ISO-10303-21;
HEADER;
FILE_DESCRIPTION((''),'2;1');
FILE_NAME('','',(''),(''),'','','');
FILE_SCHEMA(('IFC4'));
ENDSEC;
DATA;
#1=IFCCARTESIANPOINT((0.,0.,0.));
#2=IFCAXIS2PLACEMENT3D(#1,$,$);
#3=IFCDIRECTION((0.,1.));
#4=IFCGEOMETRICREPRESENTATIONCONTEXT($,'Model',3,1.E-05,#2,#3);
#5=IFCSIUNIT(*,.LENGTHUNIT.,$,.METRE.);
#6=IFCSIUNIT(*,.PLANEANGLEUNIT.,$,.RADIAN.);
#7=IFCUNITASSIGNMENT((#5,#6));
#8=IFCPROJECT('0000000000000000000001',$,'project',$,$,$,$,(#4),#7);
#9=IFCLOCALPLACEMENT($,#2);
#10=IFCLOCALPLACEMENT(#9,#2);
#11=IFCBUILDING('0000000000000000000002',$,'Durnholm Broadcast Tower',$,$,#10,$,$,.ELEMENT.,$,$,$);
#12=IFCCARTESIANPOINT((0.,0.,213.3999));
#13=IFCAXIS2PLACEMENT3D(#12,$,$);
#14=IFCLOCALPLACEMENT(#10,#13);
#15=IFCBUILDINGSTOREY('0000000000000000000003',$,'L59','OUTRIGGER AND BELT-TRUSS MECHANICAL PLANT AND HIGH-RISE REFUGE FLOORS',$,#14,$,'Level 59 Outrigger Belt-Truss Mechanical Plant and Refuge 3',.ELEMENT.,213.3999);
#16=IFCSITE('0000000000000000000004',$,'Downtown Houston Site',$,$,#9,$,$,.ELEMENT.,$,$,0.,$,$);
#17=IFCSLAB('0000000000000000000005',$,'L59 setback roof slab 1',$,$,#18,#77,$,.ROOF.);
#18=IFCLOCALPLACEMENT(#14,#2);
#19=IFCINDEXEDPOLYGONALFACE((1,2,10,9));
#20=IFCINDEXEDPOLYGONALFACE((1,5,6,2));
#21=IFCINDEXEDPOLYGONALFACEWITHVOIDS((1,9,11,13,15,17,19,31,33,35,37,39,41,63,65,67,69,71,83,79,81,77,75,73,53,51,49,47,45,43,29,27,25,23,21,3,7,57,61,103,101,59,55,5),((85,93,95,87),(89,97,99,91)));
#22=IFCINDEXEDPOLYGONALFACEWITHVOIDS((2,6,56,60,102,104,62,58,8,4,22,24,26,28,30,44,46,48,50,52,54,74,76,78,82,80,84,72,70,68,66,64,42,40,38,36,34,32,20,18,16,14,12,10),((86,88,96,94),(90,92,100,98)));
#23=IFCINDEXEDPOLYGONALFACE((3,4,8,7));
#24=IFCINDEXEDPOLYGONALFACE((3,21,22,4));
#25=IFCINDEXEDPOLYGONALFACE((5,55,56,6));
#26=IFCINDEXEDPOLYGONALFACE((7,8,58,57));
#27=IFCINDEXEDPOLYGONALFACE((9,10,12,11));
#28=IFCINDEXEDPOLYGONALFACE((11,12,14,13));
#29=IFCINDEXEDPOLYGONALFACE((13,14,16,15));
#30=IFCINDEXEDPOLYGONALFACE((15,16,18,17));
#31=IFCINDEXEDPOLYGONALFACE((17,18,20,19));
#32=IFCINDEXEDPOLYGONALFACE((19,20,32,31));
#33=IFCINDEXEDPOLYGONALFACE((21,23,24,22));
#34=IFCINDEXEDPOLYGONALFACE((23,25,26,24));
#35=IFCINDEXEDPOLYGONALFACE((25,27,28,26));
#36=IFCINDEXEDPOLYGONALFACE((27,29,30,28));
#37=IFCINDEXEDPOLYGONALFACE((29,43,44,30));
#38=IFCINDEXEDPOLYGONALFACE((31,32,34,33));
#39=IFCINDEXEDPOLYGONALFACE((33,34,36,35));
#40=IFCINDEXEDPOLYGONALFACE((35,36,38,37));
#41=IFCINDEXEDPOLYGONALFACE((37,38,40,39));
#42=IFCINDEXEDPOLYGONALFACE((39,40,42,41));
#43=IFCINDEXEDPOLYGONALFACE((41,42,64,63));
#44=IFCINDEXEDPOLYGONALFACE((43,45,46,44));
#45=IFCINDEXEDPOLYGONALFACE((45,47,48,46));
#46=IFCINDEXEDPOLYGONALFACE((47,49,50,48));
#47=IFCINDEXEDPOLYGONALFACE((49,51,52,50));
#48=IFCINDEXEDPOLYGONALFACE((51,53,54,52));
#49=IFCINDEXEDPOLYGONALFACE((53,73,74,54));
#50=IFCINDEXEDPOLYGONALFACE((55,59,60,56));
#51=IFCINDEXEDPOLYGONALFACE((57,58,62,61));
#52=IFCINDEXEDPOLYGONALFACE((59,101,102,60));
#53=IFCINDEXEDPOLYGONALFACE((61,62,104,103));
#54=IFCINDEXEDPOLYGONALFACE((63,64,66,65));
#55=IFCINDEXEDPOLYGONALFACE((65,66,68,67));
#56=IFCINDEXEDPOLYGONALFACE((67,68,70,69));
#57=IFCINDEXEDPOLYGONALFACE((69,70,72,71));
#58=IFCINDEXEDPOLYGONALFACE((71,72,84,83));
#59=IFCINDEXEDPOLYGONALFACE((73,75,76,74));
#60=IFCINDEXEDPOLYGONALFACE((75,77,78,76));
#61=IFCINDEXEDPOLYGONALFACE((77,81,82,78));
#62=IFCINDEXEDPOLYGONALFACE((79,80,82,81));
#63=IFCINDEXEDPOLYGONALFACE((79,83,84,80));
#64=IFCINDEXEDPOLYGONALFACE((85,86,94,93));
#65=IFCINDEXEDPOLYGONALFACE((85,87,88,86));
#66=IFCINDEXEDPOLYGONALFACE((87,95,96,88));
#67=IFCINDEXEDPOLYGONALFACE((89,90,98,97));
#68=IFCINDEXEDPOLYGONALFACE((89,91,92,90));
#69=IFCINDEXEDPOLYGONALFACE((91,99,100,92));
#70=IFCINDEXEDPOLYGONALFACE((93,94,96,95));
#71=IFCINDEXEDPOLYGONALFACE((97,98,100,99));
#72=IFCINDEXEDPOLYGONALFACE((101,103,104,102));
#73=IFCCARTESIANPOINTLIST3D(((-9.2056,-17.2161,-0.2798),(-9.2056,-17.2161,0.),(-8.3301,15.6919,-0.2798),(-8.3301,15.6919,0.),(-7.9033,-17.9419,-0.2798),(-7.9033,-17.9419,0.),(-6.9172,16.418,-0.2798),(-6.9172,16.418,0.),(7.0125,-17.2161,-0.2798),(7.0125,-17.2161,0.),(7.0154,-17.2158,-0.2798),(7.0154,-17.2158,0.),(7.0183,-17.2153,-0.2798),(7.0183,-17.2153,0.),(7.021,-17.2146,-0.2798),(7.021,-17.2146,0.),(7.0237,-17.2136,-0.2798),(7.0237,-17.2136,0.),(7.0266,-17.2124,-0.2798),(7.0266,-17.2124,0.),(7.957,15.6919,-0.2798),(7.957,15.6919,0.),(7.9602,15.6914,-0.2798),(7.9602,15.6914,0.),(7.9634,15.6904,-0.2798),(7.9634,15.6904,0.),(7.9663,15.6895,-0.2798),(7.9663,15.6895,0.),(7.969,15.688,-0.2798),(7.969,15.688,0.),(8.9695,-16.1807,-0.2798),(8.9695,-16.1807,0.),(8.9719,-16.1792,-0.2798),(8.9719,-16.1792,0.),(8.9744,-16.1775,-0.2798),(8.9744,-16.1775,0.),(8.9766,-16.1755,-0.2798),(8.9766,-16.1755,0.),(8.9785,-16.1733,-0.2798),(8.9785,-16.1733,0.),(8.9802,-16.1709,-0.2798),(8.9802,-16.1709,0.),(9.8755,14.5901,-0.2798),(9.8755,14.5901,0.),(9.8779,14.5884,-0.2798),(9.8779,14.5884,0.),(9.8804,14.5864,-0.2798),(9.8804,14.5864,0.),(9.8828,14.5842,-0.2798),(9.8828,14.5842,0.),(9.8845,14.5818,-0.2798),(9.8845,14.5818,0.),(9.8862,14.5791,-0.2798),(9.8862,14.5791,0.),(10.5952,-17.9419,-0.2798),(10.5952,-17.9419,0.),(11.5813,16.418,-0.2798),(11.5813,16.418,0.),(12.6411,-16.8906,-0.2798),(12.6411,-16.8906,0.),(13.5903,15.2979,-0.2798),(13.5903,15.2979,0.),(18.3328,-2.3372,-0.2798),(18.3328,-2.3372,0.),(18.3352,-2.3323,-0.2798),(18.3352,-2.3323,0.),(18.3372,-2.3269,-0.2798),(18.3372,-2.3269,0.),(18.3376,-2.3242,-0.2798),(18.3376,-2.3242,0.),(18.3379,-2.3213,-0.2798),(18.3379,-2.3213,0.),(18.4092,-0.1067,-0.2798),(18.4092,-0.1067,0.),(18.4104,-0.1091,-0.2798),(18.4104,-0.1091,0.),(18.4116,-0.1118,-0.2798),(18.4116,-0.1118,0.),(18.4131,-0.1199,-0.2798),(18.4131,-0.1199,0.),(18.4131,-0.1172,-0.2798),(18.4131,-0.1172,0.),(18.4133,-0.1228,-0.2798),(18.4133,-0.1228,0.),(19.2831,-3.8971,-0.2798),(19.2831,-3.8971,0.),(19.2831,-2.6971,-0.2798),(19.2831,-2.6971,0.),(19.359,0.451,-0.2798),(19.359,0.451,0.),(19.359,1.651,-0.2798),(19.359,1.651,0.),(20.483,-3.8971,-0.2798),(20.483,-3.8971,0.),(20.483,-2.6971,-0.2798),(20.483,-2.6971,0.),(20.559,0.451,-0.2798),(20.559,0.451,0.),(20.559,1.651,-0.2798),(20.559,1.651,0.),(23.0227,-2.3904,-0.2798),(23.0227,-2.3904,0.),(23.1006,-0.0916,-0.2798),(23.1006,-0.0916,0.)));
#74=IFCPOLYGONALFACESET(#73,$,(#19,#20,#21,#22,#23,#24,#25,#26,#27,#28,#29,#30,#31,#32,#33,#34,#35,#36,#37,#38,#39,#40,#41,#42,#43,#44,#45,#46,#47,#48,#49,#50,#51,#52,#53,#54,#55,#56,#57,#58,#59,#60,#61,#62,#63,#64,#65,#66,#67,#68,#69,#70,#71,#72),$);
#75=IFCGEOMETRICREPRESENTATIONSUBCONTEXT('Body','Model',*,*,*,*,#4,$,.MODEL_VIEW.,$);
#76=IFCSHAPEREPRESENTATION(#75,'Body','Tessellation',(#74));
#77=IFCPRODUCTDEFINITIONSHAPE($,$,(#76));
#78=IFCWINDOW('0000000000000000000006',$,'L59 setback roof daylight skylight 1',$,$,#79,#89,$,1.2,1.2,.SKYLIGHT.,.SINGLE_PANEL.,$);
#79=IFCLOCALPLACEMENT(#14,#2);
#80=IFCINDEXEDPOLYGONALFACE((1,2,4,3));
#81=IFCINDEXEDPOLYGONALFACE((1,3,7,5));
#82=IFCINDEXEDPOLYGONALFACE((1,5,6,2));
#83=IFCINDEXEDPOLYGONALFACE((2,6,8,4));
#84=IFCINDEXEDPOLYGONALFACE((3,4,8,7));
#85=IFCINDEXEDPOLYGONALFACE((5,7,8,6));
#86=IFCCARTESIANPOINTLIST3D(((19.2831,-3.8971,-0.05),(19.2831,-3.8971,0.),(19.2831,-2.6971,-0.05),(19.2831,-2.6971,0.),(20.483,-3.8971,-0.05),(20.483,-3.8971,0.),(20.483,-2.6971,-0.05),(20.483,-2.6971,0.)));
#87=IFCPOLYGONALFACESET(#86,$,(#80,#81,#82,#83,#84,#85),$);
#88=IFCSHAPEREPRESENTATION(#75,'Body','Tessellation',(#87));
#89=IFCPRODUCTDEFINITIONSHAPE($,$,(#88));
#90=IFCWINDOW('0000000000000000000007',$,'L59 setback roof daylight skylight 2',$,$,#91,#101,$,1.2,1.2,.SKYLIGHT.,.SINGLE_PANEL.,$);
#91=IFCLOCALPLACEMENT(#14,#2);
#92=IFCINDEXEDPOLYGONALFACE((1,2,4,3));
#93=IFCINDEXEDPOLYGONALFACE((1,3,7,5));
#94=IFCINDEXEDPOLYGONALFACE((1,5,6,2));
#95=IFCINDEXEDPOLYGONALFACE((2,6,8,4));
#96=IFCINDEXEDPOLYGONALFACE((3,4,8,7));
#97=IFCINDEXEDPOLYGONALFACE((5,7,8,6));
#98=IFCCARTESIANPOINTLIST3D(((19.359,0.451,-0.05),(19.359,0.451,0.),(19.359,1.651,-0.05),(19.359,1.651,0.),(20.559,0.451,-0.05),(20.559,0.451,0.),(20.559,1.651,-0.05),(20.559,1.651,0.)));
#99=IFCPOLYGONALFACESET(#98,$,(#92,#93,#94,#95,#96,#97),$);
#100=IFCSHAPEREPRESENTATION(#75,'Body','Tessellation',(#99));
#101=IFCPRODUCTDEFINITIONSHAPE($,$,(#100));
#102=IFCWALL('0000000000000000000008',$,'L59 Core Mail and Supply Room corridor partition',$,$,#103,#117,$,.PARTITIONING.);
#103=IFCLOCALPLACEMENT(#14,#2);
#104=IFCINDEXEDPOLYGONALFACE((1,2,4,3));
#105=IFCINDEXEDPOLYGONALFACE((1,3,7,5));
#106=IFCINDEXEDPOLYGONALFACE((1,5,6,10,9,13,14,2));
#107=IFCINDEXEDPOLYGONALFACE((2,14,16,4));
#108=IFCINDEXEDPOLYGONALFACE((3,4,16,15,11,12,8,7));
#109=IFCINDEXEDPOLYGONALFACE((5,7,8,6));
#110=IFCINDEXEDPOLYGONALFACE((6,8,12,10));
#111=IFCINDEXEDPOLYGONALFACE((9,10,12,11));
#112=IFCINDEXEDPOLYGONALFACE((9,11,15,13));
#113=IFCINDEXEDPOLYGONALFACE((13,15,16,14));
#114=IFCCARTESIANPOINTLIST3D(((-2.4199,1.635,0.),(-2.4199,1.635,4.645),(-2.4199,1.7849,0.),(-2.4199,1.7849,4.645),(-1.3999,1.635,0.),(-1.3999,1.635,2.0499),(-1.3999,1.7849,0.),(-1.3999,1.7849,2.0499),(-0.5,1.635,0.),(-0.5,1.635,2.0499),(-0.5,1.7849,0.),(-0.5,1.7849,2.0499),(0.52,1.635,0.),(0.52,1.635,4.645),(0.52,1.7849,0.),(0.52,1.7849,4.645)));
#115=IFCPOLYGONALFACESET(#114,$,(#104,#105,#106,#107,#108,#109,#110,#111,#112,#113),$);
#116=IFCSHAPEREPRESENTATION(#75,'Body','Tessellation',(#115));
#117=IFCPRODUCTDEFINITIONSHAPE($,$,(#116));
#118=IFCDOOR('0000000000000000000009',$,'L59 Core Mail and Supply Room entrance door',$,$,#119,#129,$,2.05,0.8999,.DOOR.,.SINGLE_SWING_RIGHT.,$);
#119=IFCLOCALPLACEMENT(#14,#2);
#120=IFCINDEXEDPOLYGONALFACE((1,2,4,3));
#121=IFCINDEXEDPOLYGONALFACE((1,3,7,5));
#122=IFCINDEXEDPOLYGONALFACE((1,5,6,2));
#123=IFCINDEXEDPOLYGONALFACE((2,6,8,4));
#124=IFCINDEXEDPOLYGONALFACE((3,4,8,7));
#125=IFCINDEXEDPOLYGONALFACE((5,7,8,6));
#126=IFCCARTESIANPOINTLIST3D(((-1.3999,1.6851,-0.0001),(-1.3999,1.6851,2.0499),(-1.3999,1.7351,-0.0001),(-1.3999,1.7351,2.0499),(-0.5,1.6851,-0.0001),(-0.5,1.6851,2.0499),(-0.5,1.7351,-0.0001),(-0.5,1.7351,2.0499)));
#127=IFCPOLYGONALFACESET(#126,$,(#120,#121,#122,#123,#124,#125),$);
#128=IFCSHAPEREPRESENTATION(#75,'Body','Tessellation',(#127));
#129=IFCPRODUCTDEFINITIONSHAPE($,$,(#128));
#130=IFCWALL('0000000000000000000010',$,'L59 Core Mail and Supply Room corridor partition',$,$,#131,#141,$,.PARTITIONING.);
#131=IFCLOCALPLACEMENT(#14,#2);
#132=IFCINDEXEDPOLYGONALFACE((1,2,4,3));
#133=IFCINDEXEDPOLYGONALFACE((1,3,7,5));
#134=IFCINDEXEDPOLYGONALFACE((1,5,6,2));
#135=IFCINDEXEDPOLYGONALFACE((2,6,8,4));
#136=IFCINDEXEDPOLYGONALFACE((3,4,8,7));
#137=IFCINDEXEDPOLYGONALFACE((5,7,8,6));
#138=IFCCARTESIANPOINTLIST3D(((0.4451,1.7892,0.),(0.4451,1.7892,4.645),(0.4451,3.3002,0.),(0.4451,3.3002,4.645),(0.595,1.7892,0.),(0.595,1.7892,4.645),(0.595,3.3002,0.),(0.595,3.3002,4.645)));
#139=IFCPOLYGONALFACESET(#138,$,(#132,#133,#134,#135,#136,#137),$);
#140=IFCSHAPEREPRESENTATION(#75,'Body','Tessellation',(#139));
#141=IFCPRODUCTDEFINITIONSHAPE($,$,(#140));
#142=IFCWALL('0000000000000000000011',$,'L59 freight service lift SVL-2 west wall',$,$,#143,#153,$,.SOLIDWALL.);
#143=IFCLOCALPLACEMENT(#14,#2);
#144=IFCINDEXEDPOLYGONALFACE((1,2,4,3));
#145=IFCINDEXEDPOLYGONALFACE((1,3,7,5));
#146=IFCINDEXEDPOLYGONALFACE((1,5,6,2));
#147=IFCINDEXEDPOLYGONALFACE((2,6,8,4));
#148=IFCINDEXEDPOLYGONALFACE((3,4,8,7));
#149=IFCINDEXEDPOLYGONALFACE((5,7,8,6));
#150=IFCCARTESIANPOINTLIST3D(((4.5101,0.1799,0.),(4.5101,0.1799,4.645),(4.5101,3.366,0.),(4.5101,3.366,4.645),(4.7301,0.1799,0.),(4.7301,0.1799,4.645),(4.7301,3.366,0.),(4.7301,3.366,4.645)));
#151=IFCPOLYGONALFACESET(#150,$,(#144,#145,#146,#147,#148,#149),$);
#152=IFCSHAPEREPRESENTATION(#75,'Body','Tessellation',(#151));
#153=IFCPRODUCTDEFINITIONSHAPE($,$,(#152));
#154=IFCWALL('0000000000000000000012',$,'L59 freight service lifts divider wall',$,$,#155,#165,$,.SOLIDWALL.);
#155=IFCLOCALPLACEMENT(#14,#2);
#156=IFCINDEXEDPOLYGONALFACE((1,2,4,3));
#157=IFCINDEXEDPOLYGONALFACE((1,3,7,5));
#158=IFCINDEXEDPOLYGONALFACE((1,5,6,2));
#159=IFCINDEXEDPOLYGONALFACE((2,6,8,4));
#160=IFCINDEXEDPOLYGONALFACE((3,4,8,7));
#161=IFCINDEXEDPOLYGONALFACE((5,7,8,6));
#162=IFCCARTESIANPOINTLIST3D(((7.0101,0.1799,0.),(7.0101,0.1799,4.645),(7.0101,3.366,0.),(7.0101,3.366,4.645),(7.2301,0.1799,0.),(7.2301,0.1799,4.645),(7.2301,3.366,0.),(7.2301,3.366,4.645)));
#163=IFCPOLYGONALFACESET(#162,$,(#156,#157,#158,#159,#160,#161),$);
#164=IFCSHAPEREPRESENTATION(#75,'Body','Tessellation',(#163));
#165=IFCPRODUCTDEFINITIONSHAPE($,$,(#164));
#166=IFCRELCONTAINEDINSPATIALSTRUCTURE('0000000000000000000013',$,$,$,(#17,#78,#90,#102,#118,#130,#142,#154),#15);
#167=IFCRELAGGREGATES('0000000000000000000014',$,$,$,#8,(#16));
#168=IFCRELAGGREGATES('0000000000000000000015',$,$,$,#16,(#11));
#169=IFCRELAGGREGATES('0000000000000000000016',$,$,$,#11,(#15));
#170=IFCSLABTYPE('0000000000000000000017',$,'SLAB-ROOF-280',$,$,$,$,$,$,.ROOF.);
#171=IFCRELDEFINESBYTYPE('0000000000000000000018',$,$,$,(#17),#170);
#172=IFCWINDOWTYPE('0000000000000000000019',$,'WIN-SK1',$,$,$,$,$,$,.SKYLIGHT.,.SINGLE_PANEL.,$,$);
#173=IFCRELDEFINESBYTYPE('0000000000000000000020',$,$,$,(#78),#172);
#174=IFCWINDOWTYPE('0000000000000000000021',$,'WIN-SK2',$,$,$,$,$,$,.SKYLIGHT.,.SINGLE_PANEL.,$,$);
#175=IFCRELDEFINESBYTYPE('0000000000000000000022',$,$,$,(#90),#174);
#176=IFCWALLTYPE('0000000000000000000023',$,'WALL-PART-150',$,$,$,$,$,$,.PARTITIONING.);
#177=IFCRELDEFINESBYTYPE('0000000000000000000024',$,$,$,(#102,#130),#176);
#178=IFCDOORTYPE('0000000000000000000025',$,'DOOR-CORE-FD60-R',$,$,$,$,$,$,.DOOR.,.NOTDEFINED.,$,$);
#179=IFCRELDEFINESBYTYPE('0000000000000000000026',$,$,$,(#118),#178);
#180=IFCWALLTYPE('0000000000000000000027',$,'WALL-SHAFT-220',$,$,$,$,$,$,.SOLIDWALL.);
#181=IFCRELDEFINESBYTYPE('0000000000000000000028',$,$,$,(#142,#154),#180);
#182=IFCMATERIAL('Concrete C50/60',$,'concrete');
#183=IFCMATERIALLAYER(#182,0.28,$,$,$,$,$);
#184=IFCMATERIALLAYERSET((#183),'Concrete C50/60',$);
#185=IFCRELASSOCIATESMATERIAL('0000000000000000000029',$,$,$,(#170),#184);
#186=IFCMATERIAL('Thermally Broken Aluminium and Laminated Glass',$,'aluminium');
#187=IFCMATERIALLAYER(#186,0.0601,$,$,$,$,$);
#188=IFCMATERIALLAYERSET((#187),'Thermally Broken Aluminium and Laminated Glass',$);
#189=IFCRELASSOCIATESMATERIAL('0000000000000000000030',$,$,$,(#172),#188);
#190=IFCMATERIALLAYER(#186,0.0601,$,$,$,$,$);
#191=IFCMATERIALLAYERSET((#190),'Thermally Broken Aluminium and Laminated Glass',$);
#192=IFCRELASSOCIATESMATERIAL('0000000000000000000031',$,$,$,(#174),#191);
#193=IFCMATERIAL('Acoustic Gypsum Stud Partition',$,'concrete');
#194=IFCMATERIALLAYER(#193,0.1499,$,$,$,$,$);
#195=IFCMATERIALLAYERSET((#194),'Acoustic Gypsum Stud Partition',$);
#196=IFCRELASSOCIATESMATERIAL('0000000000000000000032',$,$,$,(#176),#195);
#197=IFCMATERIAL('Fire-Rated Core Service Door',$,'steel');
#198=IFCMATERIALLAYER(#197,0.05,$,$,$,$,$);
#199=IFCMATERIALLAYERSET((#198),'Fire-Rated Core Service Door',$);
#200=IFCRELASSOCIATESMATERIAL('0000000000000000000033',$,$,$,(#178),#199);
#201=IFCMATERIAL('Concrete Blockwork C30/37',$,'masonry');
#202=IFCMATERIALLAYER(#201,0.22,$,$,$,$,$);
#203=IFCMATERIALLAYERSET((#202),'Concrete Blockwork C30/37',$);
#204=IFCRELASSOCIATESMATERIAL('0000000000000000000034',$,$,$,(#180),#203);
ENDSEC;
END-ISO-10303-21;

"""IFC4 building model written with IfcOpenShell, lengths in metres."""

from ifc_helpers import new_model, si_unit, direction, frame, frame_2d, origin, origin_2d, place, context, subcontext, project, spatial, polyline, rectangle, outline, extrude, source, transform, mapped, material, layer, layer_set, type_object, type_shapes, element, fill, save


model = new_model("IFC4")

# Units and contexts
model_context = context("Model", 3, precision=1e-05, world=origin(), true_north=direction((0.0, 1.0)))
body_context = subcontext(model_context, "Body", "Model", "MODEL_VIEW")
ifc_project = project(units=[si_unit("LENGTHUNIT", "METRE"), si_unit("PLANEANGLEUNIT", "RADIAN")], contexts=[model_context])

# Site, building, storey
site_placement = place(None, origin())
site = spatial("IfcSite", under=ifc_project, at=site_placement, Name="Downtown Houston Site", CompositionType="ELEMENT", RefElevation=0.0)
building_placement = place(site_placement, origin())
building = spatial("IfcBuilding", under=site, at=building_placement, Name="Durnholm Broadcast Tower", CompositionType="ELEMENT")
storey_placement = place(building_placement, frame((0.0, 0.0, 213.3999)))
storey = spatial("IfcBuildingStorey", under=building, at=storey_placement, Name="L59", Description="OUTRIGGER AND BELT-TRUSS MECHANICAL PLANT AND HIGH-RISE REFUGE FLOORS", LongName="Level 59 Outrigger Belt-Truss Mechanical Plant and Refuge 3", CompositionType="ELEMENT", Elevation=213.3999)

# Shared definitions
ifc_material_1 = material(Name="Concrete C50/60", Category="concrete")

# Slab, openings, windows
ifc_layer_1 = layer(ifc_material_1, 0.28)
ifc_layer_set_1 = layer_set([ifc_layer_1], Name="Concrete C50/60")
slab_type_1 = type_object("IfcSlabType", Name="SLAB-ROOF-280", PredefinedType="ROOF", material=ifc_layer_set_1)
slab_1_placement = place(storey_placement, frame((0.0, 0.0, -0.2798)))
slab_1 = element("IfcSlab", 1, at=slab_1_placement, inside=storey, type_object=slab_type_1, Name="L59 setback roof slab 1", PredefinedType="ROOF", context=body_context, shape_type="SweptSolid", body=[
    extrude(outline(polyline([(-6.9172, 16.418), (-8.3301, 15.6919), (7.9541, 15.6919), (7.957, 15.6919), (7.9602, 15.6914), (7.9634, 15.6904), (7.9663, 15.6895), (7.969, 15.688), (9.8755, 14.5901), (9.8779, 14.5884), (9.8804, 14.5864), (9.8828, 14.5842), (9.8845, 14.5818), (9.8862, 14.5791), (18.4092, -0.1067), (18.4104, -0.1091), (18.4116, -0.1118), (18.4124, -0.1145), (18.4131, -0.1172), (18.4131, -0.1199), (18.4133, -0.1228), (18.3379, -2.3213), (18.3376, -2.3242), (18.3372, -2.3269), (18.3362, -2.3296), (18.3352, -2.3323), (18.334, -2.3347), (18.3328, -2.3372), (8.9802, -16.1709), (8.9785, -16.1733), (8.9766, -16.1755), (8.9744, -16.1775), (8.9719, -16.1792), (8.9695, -16.1807), (7.0266, -17.2124), (7.0237, -17.2136), (7.021, -17.2146), (7.0183, -17.2153), (7.0154, -17.2158), (7.0125, -17.2161), (-9.2056, -17.2161), (-7.9033, -17.9419), (10.5952, -17.9419), (12.6411, -16.8906), (23.0227, -2.3904), (23.1006, -0.0916), (13.5903, 15.2979), (11.5813, 16.418), (-6.9172, 16.418)])), origin(), (0.0, 0.0, 1.0), 0.2798),
])
opening_1_placement = place(slab_1_placement, frame((19.8831, -3.2971, -0.01)))
opening_1 = element("IfcOpeningElement", 2, at=opening_1_placement, cuts=slab_1, PredefinedType="OPENING", context=body_context, shape_type="SweptSolid", body=[
    extrude(rectangle(XDim=1.2, YDim=1.2, at=origin_2d()), origin(), (0.0, 0.0, 1.0), 0.2998),
])
opening_2_placement = place(slab_1_placement, frame((19.959, 1.051, -0.01)))
opening_2 = element("IfcOpeningElement", 3, at=opening_2_placement, cuts=slab_1, PredefinedType="OPENING", context=body_context, shape_type="SweptSolid", body=[
    extrude(rectangle(XDim=1.2, YDim=1.2, at=origin_2d()), origin(), (0.0, 0.0, 1.0), 0.2998),
])
ifc_material_2 = material(Name="Thermally Broken Aluminium and Laminated Glass", Category="aluminium")
ifc_layer_2 = layer(ifc_material_2, 0.0601)
ifc_layer_set_2 = layer_set([ifc_layer_2], Name="Thermally Broken Aluminium and Laminated Glass")
window_type_1 = type_object("IfcWindowType", Name="WIN-SK1", PartitioningType="SINGLE_PANEL", PredefinedType="SKYLIGHT", material=ifc_layer_set_2)
window_1_placement = place(opening_1_placement, frame((0.0, 0.0, 0.2397)))
window_1 = element("IfcWindow", 4, at=window_1_placement, inside=storey, type_object=window_type_1, Name="L59 setback roof daylight skylight 1", OverallHeight=1.2, OverallWidth=1.2, PartitioningType="SINGLE_PANEL", PredefinedType="SKYLIGHT", context=body_context, shape_type="SweptSolid", body=[
    extrude(rectangle(XDim=1.2, YDim=1.2, at=origin_2d()), origin(), (0.0, 0.0, 1.0), 0.05),
])
fill(opening_1, window_1)
ifc_layer_3 = layer(ifc_material_2, 0.0601)
ifc_layer_set_3 = layer_set([ifc_layer_3], Name="Thermally Broken Aluminium and Laminated Glass")
window_type_2 = type_object("IfcWindowType", Name="WIN-SK2", PartitioningType="SINGLE_PANEL", PredefinedType="SKYLIGHT", material=ifc_layer_set_3)
window_2_placement = place(opening_2_placement, frame((0.0, 0.0, 0.2397)))
window_2 = element("IfcWindow", 5, at=window_2_placement, inside=storey, type_object=window_type_2, Name="L59 setback roof daylight skylight 2", OverallHeight=1.2, OverallWidth=1.2, PartitioningType="SINGLE_PANEL", PredefinedType="SKYLIGHT", context=body_context, shape_type="SweptSolid", body=[
    extrude(rectangle(XDim=1.2, YDim=1.2, at=origin_2d()), origin(), (0.0, 0.0, 1.0), 0.05),
])
fill(opening_2, window_2)

# Wall, opening, door
ifc_material_3 = material(Name="Acoustic Gypsum Stud Partition", Category="concrete")
ifc_layer_4 = layer(ifc_material_3, 0.1499)
ifc_layer_set_4 = layer_set([ifc_layer_4], Name="Acoustic Gypsum Stud Partition")
wall_type_1 = type_object("IfcWallType", Name="WALL-PART-150", PredefinedType="PARTITIONING", material=ifc_layer_set_4)
wall_1_placement = place(storey_placement, frame((0.52, 1.71, 0.0), z_axis=(0.0, 0.0, 1.0), x_axis=(-1.0, 0.0, 0.0)))
wall_1 = element("IfcWall", 6, at=wall_1_placement, inside=storey, type_object=wall_type_1, Name="L59 Core Mail and Supply Room corridor partition", PredefinedType="PARTITIONING", context=body_context, shape_type="SweptSolid", body=[
    extrude(rectangle(XDim=2.9399, YDim=0.1499, at=frame_2d((1.47, 0.0))), origin(), (0.0, 0.0, 1.0), 4.645),
])
opening_3_placement = place(wall_1_placement, frame((1.02, 0.0, 0.0)))
opening_3 = element("IfcOpeningElement", 7, at=opening_3_placement, cuts=wall_1, PredefinedType="OPENING", context=body_context, shape_type="SweptSolid", body=[
    extrude(rectangle(XDim=0.8999, YDim=2.05, at=frame_2d((0.45, 1.0249))), frame((0.0, 0.085, 0.0), z_axis=(0.0, -1.0, 0.0), x_axis=(1.0, 0.0, 0.0)), (0.0, 0.0, 1.0), 0.1699),
])
ifc_material_4 = material(Name="Fire-Rated Core Service Door", Category="steel")
ifc_layer_5 = layer(ifc_material_4, 0.05)
ifc_layer_set_5 = layer_set([ifc_layer_5], Name="Fire-Rated Core Service Door")
door_type_1 = type_object("IfcDoorType", Name="DOOR-CORE-FD60-R", OperationType="NOTDEFINED", PredefinedType="DOOR", material=ifc_layer_set_5)
shared_shape_1 = source(origin(), body_context, "Body", "SweptSolid", [
    extrude(rectangle(XDim=0.8999, YDim=2.05, at=frame_2d((0.45, 1.0249))), frame((0.0, 0.0249, 0.0), z_axis=(0.0, -1.0, 0.0), x_axis=(1.0, 0.0, 0.0)), (0.0, 0.0, 1.0), 0.05),
])
type_shapes(door_type_1, [shared_shape_1])
door_1_placement = place(opening_3_placement, origin())
door_1 = element("IfcDoor", 8, at=door_1_placement, inside=storey, type_object=door_type_1, Name="L59 Core Mail and Supply Room entrance door", OperationType="SINGLE_SWING_RIGHT", OverallHeight=2.05, OverallWidth=0.8999, PredefinedType="DOOR", context=body_context, shape_type="MappedRepresentation", body=[
    mapped(shared_shape_1, transform((0.0, 0.0, 0.0), x_axis=(1.0, 0.0, 0.0), y_axis=(0.0, 1.0, 0.0), z_axis=(0.0, 0.0, 1.0), scale=1.0)),
])
fill(opening_3, door_1)

# Walls
wall_2_placement = place(storey_placement, frame((0.52, 3.3, 0.0), z_axis=(0.0, 0.0, 1.0), x_axis=(0.0, -1.0, 0.0)))
element("IfcWall", 9, at=wall_2_placement, inside=storey, type_object=wall_type_1, Name="L59 Core Mail and Supply Room corridor partition", PredefinedType="PARTITIONING", context=body_context, shape_type="SweptSolid", body=[
    extrude(rectangle(XDim=1.511, YDim=0.1499, at=frame_2d((0.7554, 0.0))), origin(), (0.0, 0.0, 1.0), 4.645),
])
ifc_material_5 = material(Name="Concrete Blockwork C30/37", Category="masonry")
ifc_layer_6 = layer(ifc_material_5, 0.22)
ifc_layer_set_6 = layer_set([ifc_layer_6], Name="Concrete Blockwork C30/37")
wall_type_2 = type_object("IfcWallType", Name="WALL-SHAFT-220", PredefinedType="SOLIDWALL", material=ifc_layer_set_6)
for number, where, z_axis, x_axis, name in (
    (10, (4.6201, 0.1799, 0.0), (0.0, 0.0, 1.0), (0.0, 1.0, 0.0), "L59 freight service lift SVL-2 west wall"),
    (11, (7.1201, 0.1799, 0.0), (0.0, 0.0, 1.0), (0.0, 1.0, 0.0), "L59 freight service lifts divider wall"),
):
    element("IfcWall", number, at=place(storey_placement, frame(where, z_axis=z_axis, x_axis=x_axis)), inside=storey, type_object=wall_type_2, Name=name, PredefinedType="SOLIDWALL", context=body_context, shape_type="SweptSolid", body=[
        extrude(rectangle(XDim=3.186, YDim=0.22, at=frame_2d((1.593, 0.0))), origin(), (0.0, 0.0, 1.0), 4.645),
    ])

save(model, "model.ifc")
